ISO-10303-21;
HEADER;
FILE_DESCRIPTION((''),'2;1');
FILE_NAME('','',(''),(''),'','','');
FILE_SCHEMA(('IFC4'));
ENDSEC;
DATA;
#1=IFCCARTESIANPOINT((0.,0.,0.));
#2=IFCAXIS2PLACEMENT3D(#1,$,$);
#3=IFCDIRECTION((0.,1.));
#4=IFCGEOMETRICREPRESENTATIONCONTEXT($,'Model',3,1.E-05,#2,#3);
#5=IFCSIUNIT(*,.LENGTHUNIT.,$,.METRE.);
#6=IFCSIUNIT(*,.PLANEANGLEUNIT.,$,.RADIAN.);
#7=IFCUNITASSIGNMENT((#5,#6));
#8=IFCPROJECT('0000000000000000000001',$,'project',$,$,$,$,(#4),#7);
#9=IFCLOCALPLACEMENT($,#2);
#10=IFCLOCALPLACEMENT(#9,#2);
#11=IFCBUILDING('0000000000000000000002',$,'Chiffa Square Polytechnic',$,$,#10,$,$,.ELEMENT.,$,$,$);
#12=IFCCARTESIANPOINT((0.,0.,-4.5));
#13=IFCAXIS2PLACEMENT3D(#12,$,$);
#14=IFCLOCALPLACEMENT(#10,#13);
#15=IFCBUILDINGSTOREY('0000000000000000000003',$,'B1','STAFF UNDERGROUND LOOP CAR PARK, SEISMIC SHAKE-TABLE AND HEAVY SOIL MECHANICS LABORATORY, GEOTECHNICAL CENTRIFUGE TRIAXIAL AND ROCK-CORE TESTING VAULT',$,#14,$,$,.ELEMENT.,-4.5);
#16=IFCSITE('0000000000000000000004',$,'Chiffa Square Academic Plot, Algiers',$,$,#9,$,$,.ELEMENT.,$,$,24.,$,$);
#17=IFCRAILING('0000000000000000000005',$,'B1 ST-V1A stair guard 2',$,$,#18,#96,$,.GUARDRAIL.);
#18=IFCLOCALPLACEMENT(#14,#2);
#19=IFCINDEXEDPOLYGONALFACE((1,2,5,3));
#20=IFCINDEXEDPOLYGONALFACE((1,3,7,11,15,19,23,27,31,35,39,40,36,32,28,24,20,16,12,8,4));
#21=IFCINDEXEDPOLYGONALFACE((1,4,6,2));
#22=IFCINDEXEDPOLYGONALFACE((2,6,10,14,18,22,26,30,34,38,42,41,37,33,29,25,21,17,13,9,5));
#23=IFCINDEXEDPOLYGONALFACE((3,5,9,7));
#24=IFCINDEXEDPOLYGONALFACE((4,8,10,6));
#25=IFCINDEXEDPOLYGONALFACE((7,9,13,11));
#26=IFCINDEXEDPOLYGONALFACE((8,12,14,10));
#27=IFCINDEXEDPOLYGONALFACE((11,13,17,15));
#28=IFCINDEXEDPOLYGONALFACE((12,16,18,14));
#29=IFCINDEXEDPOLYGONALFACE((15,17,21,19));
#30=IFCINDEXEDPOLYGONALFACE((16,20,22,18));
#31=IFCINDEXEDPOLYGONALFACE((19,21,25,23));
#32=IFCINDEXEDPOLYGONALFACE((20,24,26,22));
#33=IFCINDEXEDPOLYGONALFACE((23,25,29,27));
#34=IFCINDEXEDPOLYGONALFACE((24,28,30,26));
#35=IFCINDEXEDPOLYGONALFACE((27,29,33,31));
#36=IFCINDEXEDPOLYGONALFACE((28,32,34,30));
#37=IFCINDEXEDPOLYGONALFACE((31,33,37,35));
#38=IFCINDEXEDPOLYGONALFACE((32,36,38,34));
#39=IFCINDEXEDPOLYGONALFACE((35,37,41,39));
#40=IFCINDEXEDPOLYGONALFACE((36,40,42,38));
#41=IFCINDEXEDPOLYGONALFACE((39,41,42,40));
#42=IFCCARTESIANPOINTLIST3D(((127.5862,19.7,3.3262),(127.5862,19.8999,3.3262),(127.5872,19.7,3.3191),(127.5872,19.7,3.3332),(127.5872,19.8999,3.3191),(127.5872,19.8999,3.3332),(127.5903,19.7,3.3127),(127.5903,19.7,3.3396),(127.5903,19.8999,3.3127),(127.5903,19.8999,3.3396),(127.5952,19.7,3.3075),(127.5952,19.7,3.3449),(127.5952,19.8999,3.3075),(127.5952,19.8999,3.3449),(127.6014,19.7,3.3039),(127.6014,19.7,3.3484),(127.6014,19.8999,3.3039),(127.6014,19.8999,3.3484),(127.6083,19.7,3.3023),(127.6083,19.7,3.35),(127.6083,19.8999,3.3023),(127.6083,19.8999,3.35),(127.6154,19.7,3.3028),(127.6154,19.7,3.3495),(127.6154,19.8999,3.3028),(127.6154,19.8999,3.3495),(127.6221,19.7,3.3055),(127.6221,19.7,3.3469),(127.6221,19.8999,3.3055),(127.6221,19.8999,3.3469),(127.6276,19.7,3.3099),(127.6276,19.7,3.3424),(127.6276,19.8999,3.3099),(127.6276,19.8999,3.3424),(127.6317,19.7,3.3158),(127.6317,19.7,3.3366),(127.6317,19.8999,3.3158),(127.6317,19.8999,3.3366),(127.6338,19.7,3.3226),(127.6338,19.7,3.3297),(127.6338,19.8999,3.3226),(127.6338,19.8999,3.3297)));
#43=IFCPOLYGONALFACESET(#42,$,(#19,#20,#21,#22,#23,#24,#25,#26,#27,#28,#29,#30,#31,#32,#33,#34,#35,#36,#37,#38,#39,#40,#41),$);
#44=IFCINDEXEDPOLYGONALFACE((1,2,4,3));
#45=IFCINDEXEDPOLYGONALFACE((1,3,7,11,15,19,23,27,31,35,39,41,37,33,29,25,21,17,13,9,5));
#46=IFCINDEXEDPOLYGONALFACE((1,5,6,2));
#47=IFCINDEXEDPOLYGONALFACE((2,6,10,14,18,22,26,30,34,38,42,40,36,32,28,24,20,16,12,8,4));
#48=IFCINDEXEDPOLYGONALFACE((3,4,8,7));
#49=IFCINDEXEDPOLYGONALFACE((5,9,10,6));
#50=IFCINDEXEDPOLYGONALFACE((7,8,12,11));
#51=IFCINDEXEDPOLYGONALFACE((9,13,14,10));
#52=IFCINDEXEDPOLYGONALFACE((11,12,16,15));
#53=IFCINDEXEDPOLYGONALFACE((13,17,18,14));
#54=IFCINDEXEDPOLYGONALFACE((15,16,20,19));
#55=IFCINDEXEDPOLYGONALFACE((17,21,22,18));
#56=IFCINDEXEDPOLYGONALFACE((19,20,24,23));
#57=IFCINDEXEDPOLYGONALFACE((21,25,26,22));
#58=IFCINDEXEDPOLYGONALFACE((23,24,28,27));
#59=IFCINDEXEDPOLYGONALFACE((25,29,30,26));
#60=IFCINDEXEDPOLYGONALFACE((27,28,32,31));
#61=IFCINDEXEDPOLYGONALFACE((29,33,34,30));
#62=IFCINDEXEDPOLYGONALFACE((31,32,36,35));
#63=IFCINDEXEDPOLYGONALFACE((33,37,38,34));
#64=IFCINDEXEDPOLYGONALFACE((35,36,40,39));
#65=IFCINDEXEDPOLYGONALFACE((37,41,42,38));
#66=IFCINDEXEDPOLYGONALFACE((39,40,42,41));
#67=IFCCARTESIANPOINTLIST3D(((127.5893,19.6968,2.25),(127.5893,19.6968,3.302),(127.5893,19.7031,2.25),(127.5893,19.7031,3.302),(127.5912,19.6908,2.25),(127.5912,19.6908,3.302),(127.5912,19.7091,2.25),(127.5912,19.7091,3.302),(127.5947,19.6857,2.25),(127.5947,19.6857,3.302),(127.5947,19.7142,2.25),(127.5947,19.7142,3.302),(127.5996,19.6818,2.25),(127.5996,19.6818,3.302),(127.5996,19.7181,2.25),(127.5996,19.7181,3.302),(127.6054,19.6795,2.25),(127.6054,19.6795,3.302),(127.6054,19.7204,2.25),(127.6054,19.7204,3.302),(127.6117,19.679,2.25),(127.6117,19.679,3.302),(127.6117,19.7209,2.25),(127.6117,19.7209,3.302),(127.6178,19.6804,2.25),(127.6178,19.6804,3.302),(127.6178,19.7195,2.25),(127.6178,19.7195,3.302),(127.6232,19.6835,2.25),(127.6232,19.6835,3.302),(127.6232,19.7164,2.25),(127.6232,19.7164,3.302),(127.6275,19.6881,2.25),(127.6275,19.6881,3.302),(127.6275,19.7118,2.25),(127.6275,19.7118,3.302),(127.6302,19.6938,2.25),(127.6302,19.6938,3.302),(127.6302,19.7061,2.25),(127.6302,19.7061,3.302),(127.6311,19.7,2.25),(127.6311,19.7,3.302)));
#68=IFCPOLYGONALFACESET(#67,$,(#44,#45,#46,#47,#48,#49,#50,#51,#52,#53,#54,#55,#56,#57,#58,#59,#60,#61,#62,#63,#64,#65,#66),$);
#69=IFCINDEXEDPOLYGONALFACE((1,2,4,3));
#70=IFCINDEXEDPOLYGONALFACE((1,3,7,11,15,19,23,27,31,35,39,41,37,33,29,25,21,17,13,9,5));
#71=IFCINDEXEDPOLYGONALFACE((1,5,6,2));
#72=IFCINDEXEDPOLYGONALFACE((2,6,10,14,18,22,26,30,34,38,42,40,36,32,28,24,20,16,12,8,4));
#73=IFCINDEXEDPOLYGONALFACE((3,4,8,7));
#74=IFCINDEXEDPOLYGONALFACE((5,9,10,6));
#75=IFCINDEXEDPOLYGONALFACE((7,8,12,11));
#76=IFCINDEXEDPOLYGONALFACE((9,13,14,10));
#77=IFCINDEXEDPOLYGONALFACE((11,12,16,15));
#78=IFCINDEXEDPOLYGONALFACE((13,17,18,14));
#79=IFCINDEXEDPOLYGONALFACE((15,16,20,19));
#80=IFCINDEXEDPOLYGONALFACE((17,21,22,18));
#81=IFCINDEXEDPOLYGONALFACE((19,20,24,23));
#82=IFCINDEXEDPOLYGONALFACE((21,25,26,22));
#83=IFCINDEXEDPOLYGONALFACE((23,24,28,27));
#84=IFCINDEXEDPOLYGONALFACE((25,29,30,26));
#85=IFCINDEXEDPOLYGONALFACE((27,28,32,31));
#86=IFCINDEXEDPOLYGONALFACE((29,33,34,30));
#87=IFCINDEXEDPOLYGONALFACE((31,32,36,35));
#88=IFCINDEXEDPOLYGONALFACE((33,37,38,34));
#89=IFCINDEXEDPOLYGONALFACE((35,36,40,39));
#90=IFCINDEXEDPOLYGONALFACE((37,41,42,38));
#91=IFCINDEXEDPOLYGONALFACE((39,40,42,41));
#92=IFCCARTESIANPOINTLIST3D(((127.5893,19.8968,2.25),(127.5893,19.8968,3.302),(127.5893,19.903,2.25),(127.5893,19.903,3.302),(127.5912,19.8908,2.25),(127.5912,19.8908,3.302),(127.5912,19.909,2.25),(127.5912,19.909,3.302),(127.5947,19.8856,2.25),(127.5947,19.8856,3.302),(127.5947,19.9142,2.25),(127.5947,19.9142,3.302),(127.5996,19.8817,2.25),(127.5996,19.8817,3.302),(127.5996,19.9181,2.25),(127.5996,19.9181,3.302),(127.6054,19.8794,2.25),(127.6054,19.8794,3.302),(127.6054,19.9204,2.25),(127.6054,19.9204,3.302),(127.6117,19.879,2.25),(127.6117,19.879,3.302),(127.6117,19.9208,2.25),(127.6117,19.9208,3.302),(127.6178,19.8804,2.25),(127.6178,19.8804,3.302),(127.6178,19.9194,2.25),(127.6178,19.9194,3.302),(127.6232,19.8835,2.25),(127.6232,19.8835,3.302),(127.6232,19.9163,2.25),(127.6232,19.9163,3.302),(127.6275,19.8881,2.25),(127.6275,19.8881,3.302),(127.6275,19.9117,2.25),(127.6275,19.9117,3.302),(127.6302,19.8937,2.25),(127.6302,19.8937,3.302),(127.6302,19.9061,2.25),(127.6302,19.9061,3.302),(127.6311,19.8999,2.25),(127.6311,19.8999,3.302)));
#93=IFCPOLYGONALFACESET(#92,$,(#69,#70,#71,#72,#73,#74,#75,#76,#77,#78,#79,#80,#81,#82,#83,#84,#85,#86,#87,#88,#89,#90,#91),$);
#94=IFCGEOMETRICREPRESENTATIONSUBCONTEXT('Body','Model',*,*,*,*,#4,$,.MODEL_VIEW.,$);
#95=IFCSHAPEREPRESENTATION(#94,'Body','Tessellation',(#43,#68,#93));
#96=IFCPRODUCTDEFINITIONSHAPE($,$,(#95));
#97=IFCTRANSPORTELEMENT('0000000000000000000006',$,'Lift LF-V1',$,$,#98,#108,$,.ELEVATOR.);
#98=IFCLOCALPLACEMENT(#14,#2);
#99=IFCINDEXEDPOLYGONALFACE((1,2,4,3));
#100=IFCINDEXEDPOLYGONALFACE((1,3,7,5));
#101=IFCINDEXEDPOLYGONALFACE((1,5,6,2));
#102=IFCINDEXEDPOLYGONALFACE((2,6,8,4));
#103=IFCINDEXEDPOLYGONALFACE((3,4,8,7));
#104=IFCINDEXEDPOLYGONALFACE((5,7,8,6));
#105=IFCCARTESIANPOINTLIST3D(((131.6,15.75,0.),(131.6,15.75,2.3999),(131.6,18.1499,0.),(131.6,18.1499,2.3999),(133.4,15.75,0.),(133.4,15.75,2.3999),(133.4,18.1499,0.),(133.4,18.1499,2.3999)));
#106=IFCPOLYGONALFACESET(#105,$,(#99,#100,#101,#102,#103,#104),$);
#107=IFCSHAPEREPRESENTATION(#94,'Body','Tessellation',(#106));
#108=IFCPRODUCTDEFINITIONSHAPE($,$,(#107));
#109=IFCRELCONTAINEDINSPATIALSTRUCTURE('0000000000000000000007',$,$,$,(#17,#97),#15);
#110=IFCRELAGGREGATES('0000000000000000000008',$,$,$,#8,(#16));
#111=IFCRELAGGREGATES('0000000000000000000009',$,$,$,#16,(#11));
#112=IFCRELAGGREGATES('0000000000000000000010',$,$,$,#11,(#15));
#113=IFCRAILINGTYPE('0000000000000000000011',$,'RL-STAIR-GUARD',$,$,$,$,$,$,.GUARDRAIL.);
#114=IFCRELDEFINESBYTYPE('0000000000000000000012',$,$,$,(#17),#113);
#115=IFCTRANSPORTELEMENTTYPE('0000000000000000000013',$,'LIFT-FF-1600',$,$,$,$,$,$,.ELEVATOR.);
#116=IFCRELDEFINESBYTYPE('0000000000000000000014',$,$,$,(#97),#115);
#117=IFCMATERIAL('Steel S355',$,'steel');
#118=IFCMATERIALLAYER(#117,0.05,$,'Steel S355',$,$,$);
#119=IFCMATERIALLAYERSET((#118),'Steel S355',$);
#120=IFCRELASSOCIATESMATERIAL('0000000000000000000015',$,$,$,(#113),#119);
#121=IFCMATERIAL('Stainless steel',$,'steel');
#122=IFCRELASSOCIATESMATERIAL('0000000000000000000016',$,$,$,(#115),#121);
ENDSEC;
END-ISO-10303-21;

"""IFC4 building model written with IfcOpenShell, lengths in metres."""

from ifc_helpers import new_model, si_unit, direction, frame, origin, origin_2d, place, context, subcontext, project, spatial, rectangle, circle, extrude, material, layer, layer_set, type_object, element, save


model = new_model("IFC4")

# Units and contexts
model_context = context("Model", 3, precision=1e-05, world=origin(), true_north=direction((0.0, 1.0)))
body_context = subcontext(model_context, "Body", "Model", "MODEL_VIEW")
ifc_project = project(units=[si_unit("LENGTHUNIT", "METRE"), si_unit("PLANEANGLEUNIT", "RADIAN")], contexts=[model_context])

# Site, building, storey
site_placement = place(None, origin())
site = spatial("IfcSite", under=ifc_project, at=site_placement, Name="Chiffa Square Academic Plot, Algiers", CompositionType="ELEMENT", RefElevation=24.0)
building_placement = place(site_placement, origin())
building = spatial("IfcBuilding", under=site, at=building_placement, Name="Chiffa Square Polytechnic", CompositionType="ELEMENT")
storey_placement = place(building_placement, frame((0.0, 0.0, -4.5)))
storey = spatial("IfcBuildingStorey", under=building, at=storey_placement, Name="B1", Description="STAFF UNDERGROUND LOOP CAR PARK, SEISMIC SHAKE-TABLE AND HEAVY SOIL MECHANICS LABORATORY, GEOTECHNICAL CENTRIFUGE TRIAXIAL AND ROCK-CORE TESTING VAULT", CompositionType="ELEMENT", Elevation=-4.5)

# Railing
ifc_material_1 = material(Name="Steel S355", Category="steel")
ifc_layer_1 = layer(ifc_material_1, 0.05, Name="Steel S355")
ifc_layer_set_1 = layer_set([ifc_layer_1], Name="Steel S355")
railing_type = type_object("IfcRailingType", Name="RL-STAIR-GUARD", PredefinedType="GUARDRAIL", material=ifc_layer_set_1)
railing_placement = place(storey_placement, frame((127.6101, 19.7, 2.25)))
element("IfcRailing", 1, at=railing_placement, inside=storey, type_object=railing_type, Name="B1 ST-V1A stair guard 2", PredefinedType="GUARDRAIL", context=body_context, shape_type="SweptSolid", body=[
    extrude(circle(Radius=0.0239, at=origin_2d()), frame((0.0, 0.0, 1.0762), z_axis=(0.0, 1.0, 0.0), x_axis=(-1.0, 0.0, 0.0)), (0.0, 0.0, 1.0), 0.2),
    extrude(circle(Radius=0.021, at=origin_2d()), origin(), (0.0, 0.0, 1.0), 1.052),
    extrude(circle(Radius=0.021, at=origin_2d()), frame((0.0, 0.2, 0.0)), (0.0, 0.0, 1.0), 1.052),
])

# Transport element
ifc_material_2 = material(Name="Stainless steel", Category="steel")
transport_element_type = type_object("IfcTransportElementType", Name="LIFT-FF-1600", PredefinedType="ELEVATOR", material=ifc_material_2)
transport_element_placement = place(storey_placement, frame((132.5, 16.95, 0.0), z_axis=(0.0, 0.0, 1.0), x_axis=(1.0, 0.0, 0.0)))
element("IfcTransportElement", 2, at=transport_element_placement, inside=storey, type_object=transport_element_type, Name="Lift LF-V1", PredefinedType="ELEVATOR", context=body_context, shape_type="SweptSolid", body=[
    extrude(rectangle(XDim=1.8, YDim=2.3999, at=origin_2d()), origin(), (0.0, 0.0, 1.0), 2.3999),
])

save(model, "model.ifc")
